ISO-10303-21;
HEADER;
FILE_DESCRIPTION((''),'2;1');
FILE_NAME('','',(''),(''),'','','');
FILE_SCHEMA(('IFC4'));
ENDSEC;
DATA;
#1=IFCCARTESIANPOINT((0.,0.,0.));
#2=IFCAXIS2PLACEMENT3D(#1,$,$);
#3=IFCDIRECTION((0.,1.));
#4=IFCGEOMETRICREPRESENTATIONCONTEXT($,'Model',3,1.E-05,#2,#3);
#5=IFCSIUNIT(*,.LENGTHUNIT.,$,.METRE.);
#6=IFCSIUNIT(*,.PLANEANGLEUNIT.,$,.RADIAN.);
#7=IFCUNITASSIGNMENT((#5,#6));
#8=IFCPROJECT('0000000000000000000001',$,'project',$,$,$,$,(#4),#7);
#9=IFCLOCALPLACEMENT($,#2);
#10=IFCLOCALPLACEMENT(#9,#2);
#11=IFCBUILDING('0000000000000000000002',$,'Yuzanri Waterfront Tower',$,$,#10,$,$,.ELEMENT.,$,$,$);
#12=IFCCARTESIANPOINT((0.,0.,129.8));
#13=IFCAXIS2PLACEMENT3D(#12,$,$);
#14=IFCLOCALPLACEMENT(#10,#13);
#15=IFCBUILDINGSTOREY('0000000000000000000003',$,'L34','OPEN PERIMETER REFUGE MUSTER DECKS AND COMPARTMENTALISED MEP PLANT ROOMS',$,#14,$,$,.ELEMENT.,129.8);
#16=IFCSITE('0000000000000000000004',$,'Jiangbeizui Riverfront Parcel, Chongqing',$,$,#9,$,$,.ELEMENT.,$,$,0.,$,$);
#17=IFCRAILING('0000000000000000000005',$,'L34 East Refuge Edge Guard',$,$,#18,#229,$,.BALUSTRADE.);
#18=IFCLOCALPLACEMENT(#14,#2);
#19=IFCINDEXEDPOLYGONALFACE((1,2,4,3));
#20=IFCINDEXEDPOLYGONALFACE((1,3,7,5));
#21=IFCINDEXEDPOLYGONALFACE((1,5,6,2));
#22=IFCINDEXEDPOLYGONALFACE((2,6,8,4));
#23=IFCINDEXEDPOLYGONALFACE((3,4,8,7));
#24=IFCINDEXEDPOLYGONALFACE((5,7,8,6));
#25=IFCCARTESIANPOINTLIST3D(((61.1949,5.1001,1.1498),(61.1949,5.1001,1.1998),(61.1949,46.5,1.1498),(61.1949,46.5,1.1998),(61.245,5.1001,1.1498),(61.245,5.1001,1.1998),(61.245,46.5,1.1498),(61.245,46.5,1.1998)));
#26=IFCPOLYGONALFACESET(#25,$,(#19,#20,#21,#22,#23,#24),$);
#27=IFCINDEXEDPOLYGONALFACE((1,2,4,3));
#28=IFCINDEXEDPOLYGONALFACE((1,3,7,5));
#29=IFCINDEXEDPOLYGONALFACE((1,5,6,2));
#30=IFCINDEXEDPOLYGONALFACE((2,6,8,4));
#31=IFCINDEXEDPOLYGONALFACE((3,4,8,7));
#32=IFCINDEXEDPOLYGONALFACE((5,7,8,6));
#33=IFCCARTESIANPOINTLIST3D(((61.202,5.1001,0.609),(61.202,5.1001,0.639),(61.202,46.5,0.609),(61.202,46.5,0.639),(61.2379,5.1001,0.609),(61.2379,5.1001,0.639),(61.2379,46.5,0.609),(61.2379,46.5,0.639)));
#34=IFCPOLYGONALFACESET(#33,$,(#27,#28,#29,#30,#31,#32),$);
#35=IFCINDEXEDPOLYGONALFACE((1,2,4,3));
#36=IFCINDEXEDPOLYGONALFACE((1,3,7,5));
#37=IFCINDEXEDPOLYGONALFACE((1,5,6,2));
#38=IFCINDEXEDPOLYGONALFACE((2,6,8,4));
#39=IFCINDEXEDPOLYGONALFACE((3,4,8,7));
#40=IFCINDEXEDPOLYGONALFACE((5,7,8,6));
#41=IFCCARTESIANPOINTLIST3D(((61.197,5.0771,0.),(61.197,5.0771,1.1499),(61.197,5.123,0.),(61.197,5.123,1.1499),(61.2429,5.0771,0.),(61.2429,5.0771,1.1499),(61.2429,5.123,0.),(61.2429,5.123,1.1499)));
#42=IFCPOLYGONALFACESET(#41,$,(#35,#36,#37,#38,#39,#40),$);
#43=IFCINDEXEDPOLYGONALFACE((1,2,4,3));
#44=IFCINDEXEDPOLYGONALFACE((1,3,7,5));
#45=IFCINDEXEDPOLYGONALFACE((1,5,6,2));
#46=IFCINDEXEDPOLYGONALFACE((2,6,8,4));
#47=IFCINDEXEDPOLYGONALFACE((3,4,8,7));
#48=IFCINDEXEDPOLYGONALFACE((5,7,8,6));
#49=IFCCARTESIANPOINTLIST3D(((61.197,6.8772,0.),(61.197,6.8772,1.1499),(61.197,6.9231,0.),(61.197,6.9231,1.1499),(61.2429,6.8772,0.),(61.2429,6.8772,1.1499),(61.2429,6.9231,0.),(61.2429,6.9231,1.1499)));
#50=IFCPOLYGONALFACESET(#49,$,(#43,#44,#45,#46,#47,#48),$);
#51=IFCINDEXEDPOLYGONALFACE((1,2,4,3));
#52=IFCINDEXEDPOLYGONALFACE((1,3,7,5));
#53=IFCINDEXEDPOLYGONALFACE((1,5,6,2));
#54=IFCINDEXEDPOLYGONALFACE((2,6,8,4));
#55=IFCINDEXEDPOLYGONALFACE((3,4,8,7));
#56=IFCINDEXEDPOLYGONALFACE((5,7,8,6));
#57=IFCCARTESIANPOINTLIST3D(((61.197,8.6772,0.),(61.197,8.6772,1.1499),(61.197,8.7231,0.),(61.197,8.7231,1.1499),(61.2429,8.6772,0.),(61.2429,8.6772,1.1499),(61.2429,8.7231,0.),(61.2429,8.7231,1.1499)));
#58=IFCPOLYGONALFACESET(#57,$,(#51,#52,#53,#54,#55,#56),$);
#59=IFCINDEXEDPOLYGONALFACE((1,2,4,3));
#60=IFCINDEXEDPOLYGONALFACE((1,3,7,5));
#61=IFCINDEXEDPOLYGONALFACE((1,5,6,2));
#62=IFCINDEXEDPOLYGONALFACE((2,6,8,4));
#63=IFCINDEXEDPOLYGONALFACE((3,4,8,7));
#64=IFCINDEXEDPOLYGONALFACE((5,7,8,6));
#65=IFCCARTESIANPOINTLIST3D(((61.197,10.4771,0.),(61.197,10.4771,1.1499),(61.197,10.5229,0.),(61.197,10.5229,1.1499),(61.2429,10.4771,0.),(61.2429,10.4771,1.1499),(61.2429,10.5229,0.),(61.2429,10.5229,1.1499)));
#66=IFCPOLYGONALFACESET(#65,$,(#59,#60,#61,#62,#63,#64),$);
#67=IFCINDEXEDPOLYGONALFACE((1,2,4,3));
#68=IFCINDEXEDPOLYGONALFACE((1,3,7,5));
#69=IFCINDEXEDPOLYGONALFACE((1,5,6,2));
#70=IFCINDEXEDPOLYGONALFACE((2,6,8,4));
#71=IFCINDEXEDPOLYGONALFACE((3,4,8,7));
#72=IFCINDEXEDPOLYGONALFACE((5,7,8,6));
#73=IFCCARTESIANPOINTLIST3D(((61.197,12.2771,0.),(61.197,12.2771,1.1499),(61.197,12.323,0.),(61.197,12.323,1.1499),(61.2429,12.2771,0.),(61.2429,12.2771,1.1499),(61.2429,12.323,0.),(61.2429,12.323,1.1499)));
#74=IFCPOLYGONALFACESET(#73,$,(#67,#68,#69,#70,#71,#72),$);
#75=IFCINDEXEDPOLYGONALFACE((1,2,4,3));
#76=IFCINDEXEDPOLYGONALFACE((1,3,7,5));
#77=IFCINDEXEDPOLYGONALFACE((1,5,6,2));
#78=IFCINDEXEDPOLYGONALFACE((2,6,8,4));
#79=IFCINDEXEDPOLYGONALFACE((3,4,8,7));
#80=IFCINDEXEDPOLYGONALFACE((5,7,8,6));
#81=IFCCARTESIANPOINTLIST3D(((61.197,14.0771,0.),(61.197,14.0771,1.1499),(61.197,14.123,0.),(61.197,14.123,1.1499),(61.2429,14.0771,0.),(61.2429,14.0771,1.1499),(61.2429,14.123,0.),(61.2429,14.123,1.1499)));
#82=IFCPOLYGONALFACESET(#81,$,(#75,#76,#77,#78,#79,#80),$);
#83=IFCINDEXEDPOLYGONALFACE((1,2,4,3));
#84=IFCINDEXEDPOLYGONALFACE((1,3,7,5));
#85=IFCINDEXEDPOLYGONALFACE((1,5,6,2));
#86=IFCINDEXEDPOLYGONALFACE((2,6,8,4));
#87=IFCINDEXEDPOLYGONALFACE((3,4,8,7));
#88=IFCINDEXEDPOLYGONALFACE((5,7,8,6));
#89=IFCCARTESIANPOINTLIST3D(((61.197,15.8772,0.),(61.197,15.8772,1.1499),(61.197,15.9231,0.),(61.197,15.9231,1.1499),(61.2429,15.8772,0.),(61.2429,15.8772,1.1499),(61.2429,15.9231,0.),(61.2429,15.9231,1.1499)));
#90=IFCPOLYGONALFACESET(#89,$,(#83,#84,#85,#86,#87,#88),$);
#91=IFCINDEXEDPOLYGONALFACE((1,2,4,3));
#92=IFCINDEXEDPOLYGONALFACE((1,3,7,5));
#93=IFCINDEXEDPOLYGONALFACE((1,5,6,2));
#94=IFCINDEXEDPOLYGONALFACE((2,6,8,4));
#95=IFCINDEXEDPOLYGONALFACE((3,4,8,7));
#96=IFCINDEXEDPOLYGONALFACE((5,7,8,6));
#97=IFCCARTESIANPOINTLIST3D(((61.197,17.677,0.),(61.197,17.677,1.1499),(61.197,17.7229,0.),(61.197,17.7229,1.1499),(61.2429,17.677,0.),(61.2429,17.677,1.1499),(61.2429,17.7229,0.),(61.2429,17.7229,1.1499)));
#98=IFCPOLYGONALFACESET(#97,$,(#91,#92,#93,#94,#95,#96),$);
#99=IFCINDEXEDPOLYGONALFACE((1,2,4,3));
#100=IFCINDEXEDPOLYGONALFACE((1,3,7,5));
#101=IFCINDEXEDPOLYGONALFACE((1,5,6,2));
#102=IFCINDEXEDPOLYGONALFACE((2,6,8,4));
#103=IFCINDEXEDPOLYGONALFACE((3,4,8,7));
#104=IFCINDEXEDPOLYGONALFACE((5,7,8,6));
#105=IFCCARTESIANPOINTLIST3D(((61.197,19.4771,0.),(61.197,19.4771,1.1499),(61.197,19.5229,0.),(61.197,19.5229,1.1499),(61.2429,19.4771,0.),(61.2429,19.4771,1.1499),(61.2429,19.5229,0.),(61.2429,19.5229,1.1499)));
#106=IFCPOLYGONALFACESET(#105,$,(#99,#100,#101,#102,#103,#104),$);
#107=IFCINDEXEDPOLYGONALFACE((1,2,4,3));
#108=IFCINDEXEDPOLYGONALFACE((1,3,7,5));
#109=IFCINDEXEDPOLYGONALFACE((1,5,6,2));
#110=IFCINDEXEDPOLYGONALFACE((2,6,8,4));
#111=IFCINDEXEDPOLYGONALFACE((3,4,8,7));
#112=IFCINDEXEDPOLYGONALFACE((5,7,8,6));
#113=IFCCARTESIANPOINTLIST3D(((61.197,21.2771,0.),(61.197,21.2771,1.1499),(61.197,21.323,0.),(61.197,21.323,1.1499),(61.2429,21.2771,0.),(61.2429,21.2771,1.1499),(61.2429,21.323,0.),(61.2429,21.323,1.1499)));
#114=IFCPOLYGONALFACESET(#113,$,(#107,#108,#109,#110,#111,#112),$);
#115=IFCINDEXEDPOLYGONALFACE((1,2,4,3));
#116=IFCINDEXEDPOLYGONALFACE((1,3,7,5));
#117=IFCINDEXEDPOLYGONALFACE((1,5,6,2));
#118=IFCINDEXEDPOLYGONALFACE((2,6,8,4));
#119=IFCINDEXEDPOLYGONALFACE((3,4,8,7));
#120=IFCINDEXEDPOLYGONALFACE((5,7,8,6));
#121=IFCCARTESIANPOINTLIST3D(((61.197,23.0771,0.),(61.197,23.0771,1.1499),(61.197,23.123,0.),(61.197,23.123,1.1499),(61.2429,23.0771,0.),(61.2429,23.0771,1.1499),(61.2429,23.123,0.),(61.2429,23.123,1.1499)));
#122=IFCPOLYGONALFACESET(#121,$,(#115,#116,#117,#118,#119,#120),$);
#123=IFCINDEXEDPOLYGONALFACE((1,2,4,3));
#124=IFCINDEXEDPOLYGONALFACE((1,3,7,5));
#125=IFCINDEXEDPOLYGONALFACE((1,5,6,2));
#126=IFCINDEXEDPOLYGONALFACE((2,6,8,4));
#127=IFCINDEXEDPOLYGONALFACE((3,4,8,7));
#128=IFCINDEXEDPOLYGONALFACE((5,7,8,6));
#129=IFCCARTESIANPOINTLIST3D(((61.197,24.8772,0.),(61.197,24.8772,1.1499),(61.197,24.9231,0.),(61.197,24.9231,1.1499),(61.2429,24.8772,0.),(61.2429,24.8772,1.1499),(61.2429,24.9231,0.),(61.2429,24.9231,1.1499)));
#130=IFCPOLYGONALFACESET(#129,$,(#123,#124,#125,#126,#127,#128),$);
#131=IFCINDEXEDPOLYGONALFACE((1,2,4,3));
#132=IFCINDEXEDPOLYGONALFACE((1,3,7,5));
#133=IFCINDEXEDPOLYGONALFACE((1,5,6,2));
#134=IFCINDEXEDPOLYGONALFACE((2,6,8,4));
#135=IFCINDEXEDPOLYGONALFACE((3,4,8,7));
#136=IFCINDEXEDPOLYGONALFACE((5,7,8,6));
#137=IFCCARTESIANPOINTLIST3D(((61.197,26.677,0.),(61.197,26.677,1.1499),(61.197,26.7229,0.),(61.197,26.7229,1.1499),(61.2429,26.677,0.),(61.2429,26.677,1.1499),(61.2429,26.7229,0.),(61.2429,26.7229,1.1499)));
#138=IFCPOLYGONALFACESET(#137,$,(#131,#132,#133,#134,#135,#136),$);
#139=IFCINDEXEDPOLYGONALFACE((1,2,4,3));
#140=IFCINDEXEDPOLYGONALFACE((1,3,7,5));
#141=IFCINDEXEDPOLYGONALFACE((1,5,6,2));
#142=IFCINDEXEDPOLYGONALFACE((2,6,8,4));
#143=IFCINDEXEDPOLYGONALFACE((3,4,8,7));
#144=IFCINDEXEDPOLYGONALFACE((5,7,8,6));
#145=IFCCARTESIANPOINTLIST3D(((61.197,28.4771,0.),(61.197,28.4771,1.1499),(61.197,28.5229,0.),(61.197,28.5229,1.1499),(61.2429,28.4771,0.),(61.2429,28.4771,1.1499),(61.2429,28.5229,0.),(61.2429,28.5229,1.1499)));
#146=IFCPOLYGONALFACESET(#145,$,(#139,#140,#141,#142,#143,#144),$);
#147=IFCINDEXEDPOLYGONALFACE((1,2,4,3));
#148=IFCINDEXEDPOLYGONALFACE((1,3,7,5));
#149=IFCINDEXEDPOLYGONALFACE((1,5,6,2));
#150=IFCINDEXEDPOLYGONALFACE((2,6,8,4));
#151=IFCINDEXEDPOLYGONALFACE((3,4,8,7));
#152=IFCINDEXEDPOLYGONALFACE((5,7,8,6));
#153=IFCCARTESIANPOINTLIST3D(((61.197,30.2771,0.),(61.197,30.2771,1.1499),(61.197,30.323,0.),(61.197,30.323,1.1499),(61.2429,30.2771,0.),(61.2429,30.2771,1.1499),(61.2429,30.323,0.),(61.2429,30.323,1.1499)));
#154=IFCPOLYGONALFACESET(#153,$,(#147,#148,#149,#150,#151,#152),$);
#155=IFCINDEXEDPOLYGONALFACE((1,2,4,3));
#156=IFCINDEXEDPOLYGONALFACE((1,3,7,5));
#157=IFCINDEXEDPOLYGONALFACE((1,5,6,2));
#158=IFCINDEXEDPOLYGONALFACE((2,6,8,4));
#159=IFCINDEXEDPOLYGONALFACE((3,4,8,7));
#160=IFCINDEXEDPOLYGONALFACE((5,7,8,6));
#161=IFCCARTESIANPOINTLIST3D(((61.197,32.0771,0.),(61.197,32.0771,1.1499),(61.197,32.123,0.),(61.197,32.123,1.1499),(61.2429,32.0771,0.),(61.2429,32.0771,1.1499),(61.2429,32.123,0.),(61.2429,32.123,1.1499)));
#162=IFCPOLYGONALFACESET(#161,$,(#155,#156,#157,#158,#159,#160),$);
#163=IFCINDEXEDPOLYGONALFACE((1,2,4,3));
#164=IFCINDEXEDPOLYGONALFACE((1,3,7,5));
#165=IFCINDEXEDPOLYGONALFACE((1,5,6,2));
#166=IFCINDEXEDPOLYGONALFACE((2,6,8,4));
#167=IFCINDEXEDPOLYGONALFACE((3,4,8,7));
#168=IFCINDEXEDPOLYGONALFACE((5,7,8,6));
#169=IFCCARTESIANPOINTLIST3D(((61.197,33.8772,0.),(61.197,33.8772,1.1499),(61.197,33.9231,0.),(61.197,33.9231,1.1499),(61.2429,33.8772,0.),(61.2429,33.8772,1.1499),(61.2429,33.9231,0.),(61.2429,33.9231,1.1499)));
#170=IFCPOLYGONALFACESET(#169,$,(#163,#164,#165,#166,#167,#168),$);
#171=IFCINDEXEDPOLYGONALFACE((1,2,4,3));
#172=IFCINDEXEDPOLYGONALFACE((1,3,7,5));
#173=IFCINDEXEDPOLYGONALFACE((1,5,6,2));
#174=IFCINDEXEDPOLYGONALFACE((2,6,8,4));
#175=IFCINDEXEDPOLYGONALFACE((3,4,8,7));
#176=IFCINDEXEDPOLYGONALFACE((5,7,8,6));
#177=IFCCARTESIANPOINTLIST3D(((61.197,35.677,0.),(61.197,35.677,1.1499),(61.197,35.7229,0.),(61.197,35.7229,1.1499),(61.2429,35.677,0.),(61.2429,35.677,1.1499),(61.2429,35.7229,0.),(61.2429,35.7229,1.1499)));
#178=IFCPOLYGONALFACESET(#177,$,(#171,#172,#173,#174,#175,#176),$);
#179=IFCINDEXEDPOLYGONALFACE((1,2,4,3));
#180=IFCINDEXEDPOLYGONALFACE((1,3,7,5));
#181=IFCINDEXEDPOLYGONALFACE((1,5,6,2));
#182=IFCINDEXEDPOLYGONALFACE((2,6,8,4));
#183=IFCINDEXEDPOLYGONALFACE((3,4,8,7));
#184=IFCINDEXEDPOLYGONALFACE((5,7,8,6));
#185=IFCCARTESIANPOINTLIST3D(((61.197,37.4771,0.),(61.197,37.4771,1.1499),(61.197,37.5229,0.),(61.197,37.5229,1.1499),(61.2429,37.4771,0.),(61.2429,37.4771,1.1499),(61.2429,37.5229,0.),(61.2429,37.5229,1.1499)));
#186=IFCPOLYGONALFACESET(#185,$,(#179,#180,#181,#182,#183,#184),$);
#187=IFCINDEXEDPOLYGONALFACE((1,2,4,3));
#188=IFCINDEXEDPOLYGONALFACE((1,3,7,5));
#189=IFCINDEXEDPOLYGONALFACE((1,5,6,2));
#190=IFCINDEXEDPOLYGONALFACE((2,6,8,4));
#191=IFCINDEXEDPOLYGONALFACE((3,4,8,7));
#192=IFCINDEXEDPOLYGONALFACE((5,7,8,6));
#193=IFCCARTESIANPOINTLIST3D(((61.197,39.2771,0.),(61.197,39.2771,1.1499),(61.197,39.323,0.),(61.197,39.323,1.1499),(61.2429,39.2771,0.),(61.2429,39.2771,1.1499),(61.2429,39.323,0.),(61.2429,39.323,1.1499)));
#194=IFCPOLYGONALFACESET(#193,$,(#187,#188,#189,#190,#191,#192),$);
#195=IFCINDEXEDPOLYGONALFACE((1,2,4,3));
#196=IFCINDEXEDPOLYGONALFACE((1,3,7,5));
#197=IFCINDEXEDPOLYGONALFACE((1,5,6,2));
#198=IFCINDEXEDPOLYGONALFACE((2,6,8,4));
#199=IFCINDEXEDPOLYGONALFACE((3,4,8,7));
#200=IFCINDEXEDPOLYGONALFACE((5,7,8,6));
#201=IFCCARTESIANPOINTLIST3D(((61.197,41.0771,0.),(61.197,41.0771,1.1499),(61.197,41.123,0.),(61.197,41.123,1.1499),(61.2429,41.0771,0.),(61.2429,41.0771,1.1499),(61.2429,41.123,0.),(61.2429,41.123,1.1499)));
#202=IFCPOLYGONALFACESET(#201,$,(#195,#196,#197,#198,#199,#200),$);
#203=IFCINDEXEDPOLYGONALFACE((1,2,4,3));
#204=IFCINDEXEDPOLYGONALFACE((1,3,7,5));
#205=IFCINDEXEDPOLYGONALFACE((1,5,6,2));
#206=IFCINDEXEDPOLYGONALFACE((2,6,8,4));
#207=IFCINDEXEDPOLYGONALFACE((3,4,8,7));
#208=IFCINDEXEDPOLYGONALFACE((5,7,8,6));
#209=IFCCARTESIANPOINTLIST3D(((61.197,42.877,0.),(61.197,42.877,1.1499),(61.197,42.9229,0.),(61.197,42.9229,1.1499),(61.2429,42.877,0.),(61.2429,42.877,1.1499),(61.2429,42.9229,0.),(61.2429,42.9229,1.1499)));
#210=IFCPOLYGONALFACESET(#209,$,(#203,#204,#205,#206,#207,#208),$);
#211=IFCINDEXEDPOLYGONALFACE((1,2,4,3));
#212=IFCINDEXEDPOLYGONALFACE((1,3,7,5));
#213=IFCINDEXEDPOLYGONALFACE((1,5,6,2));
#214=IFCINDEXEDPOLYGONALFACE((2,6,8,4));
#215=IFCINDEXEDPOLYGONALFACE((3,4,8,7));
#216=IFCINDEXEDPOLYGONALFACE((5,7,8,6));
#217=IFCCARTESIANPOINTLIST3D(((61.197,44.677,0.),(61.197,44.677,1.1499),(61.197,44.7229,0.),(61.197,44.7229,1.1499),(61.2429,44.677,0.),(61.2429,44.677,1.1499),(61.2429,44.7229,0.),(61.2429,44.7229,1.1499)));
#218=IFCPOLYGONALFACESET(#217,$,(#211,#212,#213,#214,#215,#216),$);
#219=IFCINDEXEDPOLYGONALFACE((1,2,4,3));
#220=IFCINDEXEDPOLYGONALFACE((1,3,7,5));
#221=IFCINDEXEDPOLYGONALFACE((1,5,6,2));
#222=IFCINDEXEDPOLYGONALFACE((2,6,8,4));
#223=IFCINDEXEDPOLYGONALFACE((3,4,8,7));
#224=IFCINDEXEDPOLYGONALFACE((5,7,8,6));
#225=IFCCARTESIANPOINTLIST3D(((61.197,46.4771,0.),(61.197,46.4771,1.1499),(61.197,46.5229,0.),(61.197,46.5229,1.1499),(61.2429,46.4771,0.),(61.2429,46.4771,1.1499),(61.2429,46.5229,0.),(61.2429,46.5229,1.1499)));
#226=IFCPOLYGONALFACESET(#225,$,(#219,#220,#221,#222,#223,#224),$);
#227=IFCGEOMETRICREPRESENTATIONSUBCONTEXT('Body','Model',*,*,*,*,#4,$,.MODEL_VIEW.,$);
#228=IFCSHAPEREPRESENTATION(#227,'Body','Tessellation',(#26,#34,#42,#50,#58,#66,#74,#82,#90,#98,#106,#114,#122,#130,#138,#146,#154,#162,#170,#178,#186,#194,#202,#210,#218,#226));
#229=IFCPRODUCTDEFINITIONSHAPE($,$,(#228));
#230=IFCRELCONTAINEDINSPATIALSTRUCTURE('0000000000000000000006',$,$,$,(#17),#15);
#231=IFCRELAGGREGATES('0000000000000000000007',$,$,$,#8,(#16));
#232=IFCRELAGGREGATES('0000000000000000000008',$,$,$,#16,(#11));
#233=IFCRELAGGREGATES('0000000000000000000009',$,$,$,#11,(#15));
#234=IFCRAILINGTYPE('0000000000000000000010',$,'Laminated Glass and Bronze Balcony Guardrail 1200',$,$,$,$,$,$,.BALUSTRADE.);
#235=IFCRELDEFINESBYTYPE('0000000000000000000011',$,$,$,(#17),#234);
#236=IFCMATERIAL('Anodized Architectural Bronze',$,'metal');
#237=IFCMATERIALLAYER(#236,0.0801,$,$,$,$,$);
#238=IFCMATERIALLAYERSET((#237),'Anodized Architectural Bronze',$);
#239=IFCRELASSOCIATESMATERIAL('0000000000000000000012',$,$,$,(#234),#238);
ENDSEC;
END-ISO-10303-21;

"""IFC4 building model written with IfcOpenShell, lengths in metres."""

from ifc_helpers import new_model, si_unit, direction, frame, origin, origin_2d, place, context, subcontext, project, spatial, rectangle, extrude, source, transform, mapped, material, layer, layer_set, type_object, element, save


model = new_model("IFC4")

# Units and contexts
model_context = context("Model", 3, precision=1e-05, world=origin(), true_north=direction((0.0, 1.0)))
body_context = subcontext(model_context, "Body", "Model", "MODEL_VIEW")
ifc_project = project(units=[si_unit("LENGTHUNIT", "METRE"), si_unit("PLANEANGLEUNIT", "RADIAN")], contexts=[model_context])

# Site, building, storey
site_placement = place(None, origin())
site = spatial("IfcSite", under=ifc_project, at=site_placement, Name="Jiangbeizui Riverfront Parcel, Chongqing", CompositionType="ELEMENT", RefElevation=0.0)
building_placement = place(site_placement, origin())
building = spatial("IfcBuilding", under=site, at=building_placement, Name="Yuzanri Waterfront Tower", CompositionType="ELEMENT")
storey_placement = place(building_placement, frame((0.0, 0.0, 129.8)))
storey = spatial("IfcBuildingStorey", under=building, at=storey_placement, Name="L34", Description="OPEN PERIMETER REFUGE MUSTER DECKS AND COMPARTMENTALISED MEP PLANT ROOMS", CompositionType="ELEMENT", Elevation=129.8)

# Railing
ifc_material_1 = material(Name="Anodized Architectural Bronze", Category="metal")
ifc_layer_1 = layer(ifc_material_1, 0.0801)
ifc_layer_set_1 = layer_set([ifc_layer_1], Name="Anodized Architectural Bronze")
railing_type = type_object("IfcRailingType", Name="Laminated Glass and Bronze Balcony Guardrail 1200", PredefinedType="BALUSTRADE", material=ifc_layer_set_1)
shared_shape_1 = source(origin(), body_context, "Body", "SweptSolid", [
    extrude(rectangle(XDim=0.05, YDim=0.05, at=origin_2d()), frame((0.0, 0.0, 1.1748), z_axis=(0.0, 1.0, 0.0), x_axis=(-1.0, 0.0, 0.0)), (0.0, 0.0, 1.0), 41.3999),
    extrude(rectangle(XDim=0.0359, YDim=0.03, at=origin_2d()), frame((0.0, 0.0, 0.624), z_axis=(0.0, 1.0, 0.0), x_axis=(-1.0, 0.0, 0.0)), (0.0, 0.0, 1.0), 41.3999),
    extrude(rectangle(XDim=0.0459, YDim=0.0459, at=origin_2d()), origin(), (0.0, 0.0, 1.0), 1.1499),
    extrude(rectangle(XDim=0.0459, YDim=0.0459, at=origin_2d()), frame((0.0, 1.8, 0.0)), (0.0, 0.0, 1.0), 1.1499),
    extrude(rectangle(XDim=0.0459, YDim=0.0459, at=origin_2d()), frame((0.0, 3.6001, 0.0)), (0.0, 0.0, 1.0), 1.1499),
    extrude(rectangle(XDim=0.0459, YDim=0.0459, at=origin_2d()), frame((0.0, 5.3999, 0.0)), (0.0, 0.0, 1.0), 1.1499),
    extrude(rectangle(XDim=0.0459, YDim=0.0459, at=origin_2d()), frame((0.0, 7.2, 0.0)), (0.0, 0.0, 1.0), 1.1499),
    extrude(rectangle(XDim=0.0459, YDim=0.0459, at=origin_2d()), frame((0.0, 9.0, 0.0)), (0.0, 0.0, 1.0), 1.1499),
    extrude(rectangle(XDim=0.0459, YDim=0.0459, at=origin_2d()), frame((0.0, 10.8, 0.0)), (0.0, 0.0, 1.0), 1.1499),
    extrude(rectangle(XDim=0.0459, YDim=0.0459, at=origin_2d()), frame((0.0, 12.5999, 0.0)), (0.0, 0.0, 1.0), 1.1499),
    extrude(rectangle(XDim=0.0459, YDim=0.0459, at=origin_2d()), frame((0.0, 14.3999, 0.0)), (0.0, 0.0, 1.0), 1.1499),
    extrude(rectangle(XDim=0.0459, YDim=0.0459, at=origin_2d()), frame((0.0, 16.2, 0.0)), (0.0, 0.0, 1.0), 1.1499),
    extrude(rectangle(XDim=0.0459, YDim=0.0459, at=origin_2d()), frame((0.0, 18.0, 0.0)), (0.0, 0.0, 1.0), 1.1499),
    extrude(rectangle(XDim=0.0459, YDim=0.0459, at=origin_2d()), frame((0.0, 19.8, 0.0)), (0.0, 0.0, 1.0), 1.1499),
    extrude(rectangle(XDim=0.0459, YDim=0.0459, at=origin_2d()), frame((0.0, 21.5999, 0.0)), (0.0, 0.0, 1.0), 1.1499),
    extrude(rectangle(XDim=0.0459, YDim=0.0459, at=origin_2d()), frame((0.0, 23.3999, 0.0)), (0.0, 0.0, 1.0), 1.1499),
    extrude(rectangle(XDim=0.0459, YDim=0.0459, at=origin_2d()), frame((0.0, 25.2, 0.0)), (0.0, 0.0, 1.0), 1.1499),
    extrude(rectangle(XDim=0.0459, YDim=0.0459, at=origin_2d()), frame((0.0, 27.0, 0.0)), (0.0, 0.0, 1.0), 1.1499),
    extrude(rectangle(XDim=0.0459, YDim=0.0459, at=origin_2d()), frame((0.0, 28.8, 0.0)), (0.0, 0.0, 1.0), 1.1499),
    extrude(rectangle(XDim=0.0459, YDim=0.0459, at=origin_2d()), frame((0.0, 30.5999, 0.0)), (0.0, 0.0, 1.0), 1.1499),
    extrude(rectangle(XDim=0.0459, YDim=0.0459, at=origin_2d()), frame((0.0, 32.3999, 0.0)), (0.0, 0.0, 1.0), 1.1499),
    extrude(rectangle(XDim=0.0459, YDim=0.0459, at=origin_2d()), frame((0.0, 34.2, 0.0)), (0.0, 0.0, 1.0), 1.1499),
    extrude(rectangle(XDim=0.0459, YDim=0.0459, at=origin_2d()), frame((0.0, 36.0, 0.0)), (0.0, 0.0, 1.0), 1.1499),
    extrude(rectangle(XDim=0.0459, YDim=0.0459, at=origin_2d()), frame((0.0, 37.7998, 0.0)), (0.0, 0.0, 1.0), 1.1499),
    extrude(rectangle(XDim=0.0459, YDim=0.0459, at=origin_2d()), frame((0.0, 39.5999, 0.0)), (0.0, 0.0, 1.0), 1.1499),
    extrude(rectangle(XDim=0.0459, YDim=0.0459, at=origin_2d()), frame((0.0, 41.3999, 0.0)), (0.0, 0.0, 1.0), 1.1499),
])
railing_placement = place(storey_placement, frame((61.22, 5.1001, 0.0)))
element("IfcRailing", 1, at=railing_placement, inside=storey, type_object=railing_type, Name="L34 East Refuge Edge Guard", PredefinedType="BALUSTRADE", context=body_context, shape_type="MappedRepresentation", body=[
    mapped(shared_shape_1, transform((0.0, 0.0, 0.0), scale=1.0)),
])

save(model, "model.ifc")
